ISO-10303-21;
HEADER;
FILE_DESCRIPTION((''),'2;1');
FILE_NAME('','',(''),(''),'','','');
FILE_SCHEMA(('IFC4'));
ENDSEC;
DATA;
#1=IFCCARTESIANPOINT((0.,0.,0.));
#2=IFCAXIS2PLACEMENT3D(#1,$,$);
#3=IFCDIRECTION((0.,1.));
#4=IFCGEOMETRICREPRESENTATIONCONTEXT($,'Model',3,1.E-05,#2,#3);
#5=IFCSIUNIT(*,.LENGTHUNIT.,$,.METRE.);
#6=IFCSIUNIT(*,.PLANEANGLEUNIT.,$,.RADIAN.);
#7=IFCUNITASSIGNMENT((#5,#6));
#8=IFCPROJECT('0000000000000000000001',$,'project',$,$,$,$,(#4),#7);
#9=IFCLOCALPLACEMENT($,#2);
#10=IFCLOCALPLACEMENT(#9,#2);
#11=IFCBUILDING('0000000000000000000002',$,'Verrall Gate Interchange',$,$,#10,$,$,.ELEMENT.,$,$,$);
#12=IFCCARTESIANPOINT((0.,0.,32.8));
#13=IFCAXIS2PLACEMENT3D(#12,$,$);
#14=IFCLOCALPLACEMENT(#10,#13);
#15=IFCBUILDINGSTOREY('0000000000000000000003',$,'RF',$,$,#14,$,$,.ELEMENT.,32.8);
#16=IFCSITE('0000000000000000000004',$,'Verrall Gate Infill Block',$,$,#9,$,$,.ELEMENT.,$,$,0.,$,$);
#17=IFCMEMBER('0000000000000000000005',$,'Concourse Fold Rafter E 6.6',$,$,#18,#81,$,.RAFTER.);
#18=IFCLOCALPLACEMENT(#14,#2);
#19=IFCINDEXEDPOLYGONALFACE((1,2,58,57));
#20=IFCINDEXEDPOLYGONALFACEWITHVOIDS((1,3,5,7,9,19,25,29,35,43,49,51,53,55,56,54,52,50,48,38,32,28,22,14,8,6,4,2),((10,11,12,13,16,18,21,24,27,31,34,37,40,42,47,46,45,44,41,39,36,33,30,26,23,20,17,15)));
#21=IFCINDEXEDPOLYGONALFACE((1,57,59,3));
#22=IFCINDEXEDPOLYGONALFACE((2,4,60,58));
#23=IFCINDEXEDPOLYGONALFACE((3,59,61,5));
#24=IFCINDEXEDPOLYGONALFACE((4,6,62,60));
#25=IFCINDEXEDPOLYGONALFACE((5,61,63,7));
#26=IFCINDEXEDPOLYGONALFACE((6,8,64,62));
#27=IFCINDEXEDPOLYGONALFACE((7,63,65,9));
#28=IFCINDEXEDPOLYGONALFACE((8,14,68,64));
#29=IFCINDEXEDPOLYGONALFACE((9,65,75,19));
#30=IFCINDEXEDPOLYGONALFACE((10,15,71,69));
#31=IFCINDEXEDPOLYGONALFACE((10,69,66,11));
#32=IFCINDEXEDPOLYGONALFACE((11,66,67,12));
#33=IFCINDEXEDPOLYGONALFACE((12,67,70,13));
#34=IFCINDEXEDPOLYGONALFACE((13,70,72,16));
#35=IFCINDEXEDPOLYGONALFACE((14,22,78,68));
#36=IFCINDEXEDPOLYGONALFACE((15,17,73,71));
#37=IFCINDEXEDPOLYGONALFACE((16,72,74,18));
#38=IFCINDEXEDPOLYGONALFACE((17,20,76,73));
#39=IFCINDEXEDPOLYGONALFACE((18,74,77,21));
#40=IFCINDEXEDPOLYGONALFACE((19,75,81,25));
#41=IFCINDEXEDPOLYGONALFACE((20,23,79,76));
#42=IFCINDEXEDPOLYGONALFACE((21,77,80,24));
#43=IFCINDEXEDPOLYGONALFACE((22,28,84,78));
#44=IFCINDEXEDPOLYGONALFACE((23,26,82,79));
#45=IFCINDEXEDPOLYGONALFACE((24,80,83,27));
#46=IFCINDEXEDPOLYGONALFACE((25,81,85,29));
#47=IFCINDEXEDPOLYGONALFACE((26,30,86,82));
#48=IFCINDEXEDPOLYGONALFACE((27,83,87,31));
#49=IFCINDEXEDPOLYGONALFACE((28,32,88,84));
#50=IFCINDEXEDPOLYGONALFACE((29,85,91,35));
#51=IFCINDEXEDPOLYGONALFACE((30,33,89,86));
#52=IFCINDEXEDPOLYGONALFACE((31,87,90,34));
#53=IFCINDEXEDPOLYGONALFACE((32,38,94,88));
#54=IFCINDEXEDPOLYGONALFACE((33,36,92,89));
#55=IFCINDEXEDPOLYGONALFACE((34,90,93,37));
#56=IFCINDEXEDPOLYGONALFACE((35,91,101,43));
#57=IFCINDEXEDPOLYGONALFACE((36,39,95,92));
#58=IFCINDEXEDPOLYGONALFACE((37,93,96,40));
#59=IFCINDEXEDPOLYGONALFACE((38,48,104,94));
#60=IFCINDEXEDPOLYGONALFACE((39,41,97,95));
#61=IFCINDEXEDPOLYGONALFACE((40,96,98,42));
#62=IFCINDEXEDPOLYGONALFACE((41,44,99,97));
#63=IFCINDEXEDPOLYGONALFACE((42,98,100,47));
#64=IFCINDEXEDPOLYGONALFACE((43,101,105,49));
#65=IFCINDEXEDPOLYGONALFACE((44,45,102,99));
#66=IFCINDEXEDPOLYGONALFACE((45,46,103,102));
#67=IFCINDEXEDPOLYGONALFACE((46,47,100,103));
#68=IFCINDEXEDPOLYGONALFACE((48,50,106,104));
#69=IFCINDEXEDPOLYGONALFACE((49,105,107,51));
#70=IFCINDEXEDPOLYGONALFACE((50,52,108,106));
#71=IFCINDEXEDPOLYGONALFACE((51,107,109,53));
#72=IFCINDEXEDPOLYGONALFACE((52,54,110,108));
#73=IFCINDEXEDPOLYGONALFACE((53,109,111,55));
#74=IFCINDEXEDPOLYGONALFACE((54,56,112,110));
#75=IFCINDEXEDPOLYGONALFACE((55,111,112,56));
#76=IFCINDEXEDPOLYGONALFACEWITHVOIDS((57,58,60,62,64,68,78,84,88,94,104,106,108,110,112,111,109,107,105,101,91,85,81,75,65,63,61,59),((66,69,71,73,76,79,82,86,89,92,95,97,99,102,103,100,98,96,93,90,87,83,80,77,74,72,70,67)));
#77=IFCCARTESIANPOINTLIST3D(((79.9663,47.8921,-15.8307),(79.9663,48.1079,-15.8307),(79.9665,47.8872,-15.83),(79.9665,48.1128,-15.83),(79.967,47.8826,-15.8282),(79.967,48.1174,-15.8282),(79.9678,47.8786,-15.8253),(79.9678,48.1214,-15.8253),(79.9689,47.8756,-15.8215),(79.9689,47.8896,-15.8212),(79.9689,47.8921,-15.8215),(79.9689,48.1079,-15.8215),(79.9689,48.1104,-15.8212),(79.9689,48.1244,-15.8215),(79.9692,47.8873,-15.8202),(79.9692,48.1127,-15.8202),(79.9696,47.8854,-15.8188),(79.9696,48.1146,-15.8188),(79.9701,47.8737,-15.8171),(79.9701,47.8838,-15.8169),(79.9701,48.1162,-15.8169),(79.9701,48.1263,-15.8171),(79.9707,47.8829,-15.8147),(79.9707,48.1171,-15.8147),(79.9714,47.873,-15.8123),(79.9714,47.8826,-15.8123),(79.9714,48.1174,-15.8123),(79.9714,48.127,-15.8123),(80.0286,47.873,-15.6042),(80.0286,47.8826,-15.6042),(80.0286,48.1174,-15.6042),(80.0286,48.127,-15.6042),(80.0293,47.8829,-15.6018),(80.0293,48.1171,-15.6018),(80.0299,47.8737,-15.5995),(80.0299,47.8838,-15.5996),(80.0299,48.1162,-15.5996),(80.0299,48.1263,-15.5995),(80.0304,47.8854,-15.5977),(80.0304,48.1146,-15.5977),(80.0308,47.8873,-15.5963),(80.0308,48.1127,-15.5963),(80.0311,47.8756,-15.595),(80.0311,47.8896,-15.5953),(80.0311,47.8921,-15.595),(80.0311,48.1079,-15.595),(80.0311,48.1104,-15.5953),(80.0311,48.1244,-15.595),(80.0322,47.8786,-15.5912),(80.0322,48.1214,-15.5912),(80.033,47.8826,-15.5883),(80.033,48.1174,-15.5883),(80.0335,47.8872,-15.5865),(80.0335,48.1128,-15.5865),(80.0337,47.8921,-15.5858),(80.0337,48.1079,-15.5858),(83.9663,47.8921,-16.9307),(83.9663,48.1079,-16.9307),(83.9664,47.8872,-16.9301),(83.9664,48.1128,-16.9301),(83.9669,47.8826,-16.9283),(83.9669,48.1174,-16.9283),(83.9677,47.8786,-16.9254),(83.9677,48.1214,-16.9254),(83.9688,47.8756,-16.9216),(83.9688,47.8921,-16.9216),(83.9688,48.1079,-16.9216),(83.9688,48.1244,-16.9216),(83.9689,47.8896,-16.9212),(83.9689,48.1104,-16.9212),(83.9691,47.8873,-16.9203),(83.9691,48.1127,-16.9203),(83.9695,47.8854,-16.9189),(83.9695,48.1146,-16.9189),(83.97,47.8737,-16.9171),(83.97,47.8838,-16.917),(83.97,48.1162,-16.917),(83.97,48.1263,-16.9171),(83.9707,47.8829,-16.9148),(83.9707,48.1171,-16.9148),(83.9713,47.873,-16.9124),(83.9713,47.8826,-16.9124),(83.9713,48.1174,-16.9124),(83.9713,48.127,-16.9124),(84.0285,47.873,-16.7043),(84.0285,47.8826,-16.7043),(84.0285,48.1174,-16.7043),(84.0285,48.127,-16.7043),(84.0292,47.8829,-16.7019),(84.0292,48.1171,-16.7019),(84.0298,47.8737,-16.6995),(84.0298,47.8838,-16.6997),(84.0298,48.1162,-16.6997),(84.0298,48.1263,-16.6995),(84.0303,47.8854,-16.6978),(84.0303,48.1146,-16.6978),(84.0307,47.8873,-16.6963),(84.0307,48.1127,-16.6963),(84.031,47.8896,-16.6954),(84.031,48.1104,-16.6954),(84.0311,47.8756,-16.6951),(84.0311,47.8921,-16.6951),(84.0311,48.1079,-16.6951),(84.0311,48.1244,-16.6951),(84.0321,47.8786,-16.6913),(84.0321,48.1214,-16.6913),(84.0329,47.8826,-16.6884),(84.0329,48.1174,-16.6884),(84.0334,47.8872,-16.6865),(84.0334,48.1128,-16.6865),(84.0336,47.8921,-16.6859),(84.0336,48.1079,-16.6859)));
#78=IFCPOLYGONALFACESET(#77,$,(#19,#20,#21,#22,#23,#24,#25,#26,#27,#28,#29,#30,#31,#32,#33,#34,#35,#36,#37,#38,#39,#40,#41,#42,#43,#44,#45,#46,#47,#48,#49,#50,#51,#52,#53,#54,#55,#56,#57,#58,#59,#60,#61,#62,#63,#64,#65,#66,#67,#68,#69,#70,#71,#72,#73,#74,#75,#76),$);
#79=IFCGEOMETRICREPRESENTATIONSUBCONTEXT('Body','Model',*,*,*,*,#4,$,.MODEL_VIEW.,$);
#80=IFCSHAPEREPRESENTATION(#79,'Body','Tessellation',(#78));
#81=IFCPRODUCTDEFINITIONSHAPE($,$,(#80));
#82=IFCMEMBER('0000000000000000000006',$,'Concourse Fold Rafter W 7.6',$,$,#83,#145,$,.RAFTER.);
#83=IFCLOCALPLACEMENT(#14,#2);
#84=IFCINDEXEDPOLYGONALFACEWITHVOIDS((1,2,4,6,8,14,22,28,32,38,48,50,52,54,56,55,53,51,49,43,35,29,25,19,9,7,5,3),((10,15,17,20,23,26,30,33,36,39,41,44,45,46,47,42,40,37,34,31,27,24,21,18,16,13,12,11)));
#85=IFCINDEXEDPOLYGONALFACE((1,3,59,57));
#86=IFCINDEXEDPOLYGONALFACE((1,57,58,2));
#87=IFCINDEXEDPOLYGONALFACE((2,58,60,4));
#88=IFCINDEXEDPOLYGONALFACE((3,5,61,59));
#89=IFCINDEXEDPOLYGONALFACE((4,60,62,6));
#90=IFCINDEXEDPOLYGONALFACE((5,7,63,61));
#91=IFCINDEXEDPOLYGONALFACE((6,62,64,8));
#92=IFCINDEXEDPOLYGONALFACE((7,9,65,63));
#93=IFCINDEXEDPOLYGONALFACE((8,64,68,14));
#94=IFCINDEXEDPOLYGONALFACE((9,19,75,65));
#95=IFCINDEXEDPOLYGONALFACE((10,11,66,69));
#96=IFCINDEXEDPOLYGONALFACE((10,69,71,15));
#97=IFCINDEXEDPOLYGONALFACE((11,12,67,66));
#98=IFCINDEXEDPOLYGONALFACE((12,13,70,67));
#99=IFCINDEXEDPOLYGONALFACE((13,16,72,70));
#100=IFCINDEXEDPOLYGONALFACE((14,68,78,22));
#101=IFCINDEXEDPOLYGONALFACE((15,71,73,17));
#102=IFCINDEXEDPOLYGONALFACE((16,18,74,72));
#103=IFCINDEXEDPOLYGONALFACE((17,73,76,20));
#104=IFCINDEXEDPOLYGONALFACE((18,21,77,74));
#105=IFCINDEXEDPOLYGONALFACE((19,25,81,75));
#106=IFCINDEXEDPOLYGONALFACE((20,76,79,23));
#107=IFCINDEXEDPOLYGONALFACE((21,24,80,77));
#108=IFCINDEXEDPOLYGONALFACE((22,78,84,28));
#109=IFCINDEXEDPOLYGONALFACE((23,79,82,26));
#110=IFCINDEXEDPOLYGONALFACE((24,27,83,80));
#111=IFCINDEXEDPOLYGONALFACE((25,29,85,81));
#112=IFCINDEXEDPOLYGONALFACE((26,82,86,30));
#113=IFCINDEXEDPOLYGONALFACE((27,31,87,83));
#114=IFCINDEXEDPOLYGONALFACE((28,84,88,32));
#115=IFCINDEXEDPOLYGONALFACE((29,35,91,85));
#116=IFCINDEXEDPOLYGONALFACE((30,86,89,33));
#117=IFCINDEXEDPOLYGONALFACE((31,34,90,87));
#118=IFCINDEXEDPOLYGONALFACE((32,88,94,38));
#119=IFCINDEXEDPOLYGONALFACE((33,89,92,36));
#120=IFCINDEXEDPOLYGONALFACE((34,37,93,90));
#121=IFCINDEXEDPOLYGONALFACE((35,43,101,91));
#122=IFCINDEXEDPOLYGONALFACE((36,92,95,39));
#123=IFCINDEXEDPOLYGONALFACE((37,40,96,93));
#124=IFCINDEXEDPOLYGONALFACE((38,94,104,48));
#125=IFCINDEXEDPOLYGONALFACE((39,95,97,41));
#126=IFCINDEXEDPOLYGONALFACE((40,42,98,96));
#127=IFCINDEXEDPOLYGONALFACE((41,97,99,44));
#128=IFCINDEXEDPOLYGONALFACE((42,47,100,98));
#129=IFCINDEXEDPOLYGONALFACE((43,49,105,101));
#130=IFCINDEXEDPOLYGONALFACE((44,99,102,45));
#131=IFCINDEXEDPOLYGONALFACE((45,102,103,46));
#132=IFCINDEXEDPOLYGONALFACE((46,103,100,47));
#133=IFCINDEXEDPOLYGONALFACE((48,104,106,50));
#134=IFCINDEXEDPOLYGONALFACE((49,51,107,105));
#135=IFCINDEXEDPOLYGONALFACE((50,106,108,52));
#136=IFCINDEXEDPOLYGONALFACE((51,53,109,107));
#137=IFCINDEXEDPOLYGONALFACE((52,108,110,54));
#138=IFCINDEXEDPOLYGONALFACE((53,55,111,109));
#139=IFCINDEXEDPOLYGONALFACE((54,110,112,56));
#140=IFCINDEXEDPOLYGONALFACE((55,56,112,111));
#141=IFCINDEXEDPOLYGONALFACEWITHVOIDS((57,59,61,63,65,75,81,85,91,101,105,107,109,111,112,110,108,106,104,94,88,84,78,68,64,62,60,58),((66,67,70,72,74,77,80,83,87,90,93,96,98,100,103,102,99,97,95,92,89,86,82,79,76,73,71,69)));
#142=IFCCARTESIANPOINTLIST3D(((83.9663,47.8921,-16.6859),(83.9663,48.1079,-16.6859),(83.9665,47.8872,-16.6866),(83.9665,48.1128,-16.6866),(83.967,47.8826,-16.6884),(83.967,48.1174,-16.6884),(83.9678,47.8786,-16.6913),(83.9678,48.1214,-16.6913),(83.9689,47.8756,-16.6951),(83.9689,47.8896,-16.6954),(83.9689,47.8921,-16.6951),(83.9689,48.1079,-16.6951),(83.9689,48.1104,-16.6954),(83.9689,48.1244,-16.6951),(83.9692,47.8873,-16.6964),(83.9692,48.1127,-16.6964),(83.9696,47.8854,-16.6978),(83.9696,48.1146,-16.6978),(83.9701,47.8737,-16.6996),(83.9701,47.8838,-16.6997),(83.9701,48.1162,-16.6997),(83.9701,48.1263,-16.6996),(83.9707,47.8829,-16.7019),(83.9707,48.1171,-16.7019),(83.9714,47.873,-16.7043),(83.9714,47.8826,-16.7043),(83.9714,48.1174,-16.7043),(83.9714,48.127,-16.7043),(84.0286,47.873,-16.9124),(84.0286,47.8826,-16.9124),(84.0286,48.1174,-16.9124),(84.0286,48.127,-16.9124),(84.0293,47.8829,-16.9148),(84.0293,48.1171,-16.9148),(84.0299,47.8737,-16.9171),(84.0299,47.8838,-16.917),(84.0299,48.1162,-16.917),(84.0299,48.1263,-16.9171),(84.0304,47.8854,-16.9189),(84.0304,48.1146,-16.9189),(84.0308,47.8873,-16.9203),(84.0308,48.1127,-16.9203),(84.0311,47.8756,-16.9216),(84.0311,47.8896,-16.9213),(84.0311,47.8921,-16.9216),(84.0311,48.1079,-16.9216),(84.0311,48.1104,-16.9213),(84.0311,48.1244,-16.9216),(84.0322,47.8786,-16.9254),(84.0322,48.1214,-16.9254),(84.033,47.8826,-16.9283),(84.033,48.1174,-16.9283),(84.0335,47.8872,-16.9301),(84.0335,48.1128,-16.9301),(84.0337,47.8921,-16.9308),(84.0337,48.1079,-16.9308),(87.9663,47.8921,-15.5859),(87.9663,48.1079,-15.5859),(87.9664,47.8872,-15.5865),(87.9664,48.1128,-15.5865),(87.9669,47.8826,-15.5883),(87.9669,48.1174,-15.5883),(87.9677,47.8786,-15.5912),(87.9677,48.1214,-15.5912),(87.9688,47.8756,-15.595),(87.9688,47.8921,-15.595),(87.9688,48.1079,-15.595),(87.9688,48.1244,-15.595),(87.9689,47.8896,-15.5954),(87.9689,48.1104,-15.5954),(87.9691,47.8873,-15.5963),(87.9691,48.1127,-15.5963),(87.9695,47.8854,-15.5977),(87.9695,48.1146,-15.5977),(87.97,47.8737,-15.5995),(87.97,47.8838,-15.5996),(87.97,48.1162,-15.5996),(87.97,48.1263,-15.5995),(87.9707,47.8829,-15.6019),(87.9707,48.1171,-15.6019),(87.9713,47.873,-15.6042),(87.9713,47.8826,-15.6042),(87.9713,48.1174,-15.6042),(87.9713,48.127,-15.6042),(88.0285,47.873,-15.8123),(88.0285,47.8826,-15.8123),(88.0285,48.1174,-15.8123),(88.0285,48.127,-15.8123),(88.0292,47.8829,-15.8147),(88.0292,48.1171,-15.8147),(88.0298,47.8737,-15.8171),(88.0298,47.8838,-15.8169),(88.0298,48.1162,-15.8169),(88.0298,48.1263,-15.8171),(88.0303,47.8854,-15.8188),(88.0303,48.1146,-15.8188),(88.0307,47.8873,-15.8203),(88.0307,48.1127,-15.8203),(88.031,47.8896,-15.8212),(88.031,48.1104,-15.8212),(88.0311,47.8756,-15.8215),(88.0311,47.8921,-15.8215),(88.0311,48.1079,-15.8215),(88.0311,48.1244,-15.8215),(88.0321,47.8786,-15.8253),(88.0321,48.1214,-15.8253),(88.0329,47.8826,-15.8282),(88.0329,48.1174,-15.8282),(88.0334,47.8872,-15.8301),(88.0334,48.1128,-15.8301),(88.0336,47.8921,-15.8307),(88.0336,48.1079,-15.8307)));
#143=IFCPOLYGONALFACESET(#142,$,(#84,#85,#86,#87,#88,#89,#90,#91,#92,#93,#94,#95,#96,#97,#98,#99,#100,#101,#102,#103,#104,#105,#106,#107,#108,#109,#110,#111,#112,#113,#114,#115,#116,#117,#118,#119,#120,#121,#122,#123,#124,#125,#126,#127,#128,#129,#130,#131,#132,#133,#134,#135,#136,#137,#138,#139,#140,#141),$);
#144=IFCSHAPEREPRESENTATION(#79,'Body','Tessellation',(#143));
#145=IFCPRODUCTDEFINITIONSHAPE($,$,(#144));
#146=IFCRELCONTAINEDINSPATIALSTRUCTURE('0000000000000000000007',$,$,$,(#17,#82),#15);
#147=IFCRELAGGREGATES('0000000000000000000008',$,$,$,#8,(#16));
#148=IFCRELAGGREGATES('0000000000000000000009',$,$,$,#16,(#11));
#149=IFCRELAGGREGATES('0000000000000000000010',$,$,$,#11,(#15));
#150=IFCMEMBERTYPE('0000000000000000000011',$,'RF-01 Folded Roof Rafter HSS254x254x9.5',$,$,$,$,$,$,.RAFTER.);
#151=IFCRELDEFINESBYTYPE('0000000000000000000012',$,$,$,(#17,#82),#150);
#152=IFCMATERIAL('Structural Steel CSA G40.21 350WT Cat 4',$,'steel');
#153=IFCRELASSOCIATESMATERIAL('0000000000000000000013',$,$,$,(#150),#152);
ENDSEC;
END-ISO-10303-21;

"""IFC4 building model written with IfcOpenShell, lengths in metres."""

from ifc_helpers import new_model, si_unit, direction, frame, origin, origin_2d, place, context, subcontext, project, spatial, hollow_rectangle, extrude, material, material_profile, profile_set, type_object, element, save


model = new_model("IFC4")

# Units and contexts
model_context = context("Model", 3, precision=1e-05, world=origin(), true_north=direction((0.0, 1.0)))
body_context = subcontext(model_context, "Body", "Model", "MODEL_VIEW")
ifc_project = project(units=[si_unit("LENGTHUNIT", "METRE"), si_unit("PLANEANGLEUNIT", "RADIAN")], contexts=[model_context])

# Site, building, storey
site_placement = place(None, origin())
site = spatial("IfcSite", under=ifc_project, at=site_placement, Name="Verrall Gate Infill Block", CompositionType="ELEMENT", RefElevation=0.0)
building_placement = place(site_placement, origin())
building = spatial("IfcBuilding", under=site, at=building_placement, Name="Verrall Gate Interchange", CompositionType="ELEMENT")
storey_placement = place(building_placement, frame((0.0, 0.0, 32.8)))
storey = spatial("IfcBuildingStorey", under=building, at=storey_placement, Name="RF", CompositionType="ELEMENT", Elevation=32.8)

# Members
ifc_material_1 = material(Name="Structural Steel CSA G40.21 350WT Cat 4", Category="steel")
ifc_material_profile_1 = material_profile(ifc_material_1, hollow_rectangle(XDim=0.2539, YDim=0.2539, WallThickness=0.0095, InnerFilletRadius=0.0095, OuterFilletRadius=0.019, at=origin_2d()), Name="HSS254x254x9.5")
ifc_profile_set_1 = profile_set([ifc_material_profile_1], Name="Structural Steel CSA G40.21 350WT Cat 4")
member_type_1 = type_object("IfcMemberType", Name="RF-01 Folded Roof Rafter HSS254x254x9.5", PredefinedType="RAFTER", material=ifc_profile_set_1)
for number, where, z_axis, x_axis, name in (
    (1, (80.0, 48.0, -15.7083), (0.964199, 0.0, -0.265178), (0.0, 1.0, 0.0), "Concourse Fold Rafter E 6.6"),
    (2, (84.0, 48.0, -16.8083), (0.964199, 0.0, 0.265178), (0.0, 1.0, 0.0), "Concourse Fold Rafter W 7.6"),
):
    element("IfcMember", number, at=place(storey_placement, frame(where, z_axis=z_axis, x_axis=x_axis)), inside=storey, type_object=member_type_1, Name=name, PredefinedType="RAFTER", context=body_context, shape_type="SweptSolid", body=[
        extrude(hollow_rectangle(XDim=0.2539, YDim=0.2539, WallThickness=0.0095, InnerFilletRadius=0.0095, OuterFilletRadius=0.019, at=origin_2d()), origin(), (0.0, 0.0, 1.0), 4.1484),
    ])

save(model, "model.ifc")
